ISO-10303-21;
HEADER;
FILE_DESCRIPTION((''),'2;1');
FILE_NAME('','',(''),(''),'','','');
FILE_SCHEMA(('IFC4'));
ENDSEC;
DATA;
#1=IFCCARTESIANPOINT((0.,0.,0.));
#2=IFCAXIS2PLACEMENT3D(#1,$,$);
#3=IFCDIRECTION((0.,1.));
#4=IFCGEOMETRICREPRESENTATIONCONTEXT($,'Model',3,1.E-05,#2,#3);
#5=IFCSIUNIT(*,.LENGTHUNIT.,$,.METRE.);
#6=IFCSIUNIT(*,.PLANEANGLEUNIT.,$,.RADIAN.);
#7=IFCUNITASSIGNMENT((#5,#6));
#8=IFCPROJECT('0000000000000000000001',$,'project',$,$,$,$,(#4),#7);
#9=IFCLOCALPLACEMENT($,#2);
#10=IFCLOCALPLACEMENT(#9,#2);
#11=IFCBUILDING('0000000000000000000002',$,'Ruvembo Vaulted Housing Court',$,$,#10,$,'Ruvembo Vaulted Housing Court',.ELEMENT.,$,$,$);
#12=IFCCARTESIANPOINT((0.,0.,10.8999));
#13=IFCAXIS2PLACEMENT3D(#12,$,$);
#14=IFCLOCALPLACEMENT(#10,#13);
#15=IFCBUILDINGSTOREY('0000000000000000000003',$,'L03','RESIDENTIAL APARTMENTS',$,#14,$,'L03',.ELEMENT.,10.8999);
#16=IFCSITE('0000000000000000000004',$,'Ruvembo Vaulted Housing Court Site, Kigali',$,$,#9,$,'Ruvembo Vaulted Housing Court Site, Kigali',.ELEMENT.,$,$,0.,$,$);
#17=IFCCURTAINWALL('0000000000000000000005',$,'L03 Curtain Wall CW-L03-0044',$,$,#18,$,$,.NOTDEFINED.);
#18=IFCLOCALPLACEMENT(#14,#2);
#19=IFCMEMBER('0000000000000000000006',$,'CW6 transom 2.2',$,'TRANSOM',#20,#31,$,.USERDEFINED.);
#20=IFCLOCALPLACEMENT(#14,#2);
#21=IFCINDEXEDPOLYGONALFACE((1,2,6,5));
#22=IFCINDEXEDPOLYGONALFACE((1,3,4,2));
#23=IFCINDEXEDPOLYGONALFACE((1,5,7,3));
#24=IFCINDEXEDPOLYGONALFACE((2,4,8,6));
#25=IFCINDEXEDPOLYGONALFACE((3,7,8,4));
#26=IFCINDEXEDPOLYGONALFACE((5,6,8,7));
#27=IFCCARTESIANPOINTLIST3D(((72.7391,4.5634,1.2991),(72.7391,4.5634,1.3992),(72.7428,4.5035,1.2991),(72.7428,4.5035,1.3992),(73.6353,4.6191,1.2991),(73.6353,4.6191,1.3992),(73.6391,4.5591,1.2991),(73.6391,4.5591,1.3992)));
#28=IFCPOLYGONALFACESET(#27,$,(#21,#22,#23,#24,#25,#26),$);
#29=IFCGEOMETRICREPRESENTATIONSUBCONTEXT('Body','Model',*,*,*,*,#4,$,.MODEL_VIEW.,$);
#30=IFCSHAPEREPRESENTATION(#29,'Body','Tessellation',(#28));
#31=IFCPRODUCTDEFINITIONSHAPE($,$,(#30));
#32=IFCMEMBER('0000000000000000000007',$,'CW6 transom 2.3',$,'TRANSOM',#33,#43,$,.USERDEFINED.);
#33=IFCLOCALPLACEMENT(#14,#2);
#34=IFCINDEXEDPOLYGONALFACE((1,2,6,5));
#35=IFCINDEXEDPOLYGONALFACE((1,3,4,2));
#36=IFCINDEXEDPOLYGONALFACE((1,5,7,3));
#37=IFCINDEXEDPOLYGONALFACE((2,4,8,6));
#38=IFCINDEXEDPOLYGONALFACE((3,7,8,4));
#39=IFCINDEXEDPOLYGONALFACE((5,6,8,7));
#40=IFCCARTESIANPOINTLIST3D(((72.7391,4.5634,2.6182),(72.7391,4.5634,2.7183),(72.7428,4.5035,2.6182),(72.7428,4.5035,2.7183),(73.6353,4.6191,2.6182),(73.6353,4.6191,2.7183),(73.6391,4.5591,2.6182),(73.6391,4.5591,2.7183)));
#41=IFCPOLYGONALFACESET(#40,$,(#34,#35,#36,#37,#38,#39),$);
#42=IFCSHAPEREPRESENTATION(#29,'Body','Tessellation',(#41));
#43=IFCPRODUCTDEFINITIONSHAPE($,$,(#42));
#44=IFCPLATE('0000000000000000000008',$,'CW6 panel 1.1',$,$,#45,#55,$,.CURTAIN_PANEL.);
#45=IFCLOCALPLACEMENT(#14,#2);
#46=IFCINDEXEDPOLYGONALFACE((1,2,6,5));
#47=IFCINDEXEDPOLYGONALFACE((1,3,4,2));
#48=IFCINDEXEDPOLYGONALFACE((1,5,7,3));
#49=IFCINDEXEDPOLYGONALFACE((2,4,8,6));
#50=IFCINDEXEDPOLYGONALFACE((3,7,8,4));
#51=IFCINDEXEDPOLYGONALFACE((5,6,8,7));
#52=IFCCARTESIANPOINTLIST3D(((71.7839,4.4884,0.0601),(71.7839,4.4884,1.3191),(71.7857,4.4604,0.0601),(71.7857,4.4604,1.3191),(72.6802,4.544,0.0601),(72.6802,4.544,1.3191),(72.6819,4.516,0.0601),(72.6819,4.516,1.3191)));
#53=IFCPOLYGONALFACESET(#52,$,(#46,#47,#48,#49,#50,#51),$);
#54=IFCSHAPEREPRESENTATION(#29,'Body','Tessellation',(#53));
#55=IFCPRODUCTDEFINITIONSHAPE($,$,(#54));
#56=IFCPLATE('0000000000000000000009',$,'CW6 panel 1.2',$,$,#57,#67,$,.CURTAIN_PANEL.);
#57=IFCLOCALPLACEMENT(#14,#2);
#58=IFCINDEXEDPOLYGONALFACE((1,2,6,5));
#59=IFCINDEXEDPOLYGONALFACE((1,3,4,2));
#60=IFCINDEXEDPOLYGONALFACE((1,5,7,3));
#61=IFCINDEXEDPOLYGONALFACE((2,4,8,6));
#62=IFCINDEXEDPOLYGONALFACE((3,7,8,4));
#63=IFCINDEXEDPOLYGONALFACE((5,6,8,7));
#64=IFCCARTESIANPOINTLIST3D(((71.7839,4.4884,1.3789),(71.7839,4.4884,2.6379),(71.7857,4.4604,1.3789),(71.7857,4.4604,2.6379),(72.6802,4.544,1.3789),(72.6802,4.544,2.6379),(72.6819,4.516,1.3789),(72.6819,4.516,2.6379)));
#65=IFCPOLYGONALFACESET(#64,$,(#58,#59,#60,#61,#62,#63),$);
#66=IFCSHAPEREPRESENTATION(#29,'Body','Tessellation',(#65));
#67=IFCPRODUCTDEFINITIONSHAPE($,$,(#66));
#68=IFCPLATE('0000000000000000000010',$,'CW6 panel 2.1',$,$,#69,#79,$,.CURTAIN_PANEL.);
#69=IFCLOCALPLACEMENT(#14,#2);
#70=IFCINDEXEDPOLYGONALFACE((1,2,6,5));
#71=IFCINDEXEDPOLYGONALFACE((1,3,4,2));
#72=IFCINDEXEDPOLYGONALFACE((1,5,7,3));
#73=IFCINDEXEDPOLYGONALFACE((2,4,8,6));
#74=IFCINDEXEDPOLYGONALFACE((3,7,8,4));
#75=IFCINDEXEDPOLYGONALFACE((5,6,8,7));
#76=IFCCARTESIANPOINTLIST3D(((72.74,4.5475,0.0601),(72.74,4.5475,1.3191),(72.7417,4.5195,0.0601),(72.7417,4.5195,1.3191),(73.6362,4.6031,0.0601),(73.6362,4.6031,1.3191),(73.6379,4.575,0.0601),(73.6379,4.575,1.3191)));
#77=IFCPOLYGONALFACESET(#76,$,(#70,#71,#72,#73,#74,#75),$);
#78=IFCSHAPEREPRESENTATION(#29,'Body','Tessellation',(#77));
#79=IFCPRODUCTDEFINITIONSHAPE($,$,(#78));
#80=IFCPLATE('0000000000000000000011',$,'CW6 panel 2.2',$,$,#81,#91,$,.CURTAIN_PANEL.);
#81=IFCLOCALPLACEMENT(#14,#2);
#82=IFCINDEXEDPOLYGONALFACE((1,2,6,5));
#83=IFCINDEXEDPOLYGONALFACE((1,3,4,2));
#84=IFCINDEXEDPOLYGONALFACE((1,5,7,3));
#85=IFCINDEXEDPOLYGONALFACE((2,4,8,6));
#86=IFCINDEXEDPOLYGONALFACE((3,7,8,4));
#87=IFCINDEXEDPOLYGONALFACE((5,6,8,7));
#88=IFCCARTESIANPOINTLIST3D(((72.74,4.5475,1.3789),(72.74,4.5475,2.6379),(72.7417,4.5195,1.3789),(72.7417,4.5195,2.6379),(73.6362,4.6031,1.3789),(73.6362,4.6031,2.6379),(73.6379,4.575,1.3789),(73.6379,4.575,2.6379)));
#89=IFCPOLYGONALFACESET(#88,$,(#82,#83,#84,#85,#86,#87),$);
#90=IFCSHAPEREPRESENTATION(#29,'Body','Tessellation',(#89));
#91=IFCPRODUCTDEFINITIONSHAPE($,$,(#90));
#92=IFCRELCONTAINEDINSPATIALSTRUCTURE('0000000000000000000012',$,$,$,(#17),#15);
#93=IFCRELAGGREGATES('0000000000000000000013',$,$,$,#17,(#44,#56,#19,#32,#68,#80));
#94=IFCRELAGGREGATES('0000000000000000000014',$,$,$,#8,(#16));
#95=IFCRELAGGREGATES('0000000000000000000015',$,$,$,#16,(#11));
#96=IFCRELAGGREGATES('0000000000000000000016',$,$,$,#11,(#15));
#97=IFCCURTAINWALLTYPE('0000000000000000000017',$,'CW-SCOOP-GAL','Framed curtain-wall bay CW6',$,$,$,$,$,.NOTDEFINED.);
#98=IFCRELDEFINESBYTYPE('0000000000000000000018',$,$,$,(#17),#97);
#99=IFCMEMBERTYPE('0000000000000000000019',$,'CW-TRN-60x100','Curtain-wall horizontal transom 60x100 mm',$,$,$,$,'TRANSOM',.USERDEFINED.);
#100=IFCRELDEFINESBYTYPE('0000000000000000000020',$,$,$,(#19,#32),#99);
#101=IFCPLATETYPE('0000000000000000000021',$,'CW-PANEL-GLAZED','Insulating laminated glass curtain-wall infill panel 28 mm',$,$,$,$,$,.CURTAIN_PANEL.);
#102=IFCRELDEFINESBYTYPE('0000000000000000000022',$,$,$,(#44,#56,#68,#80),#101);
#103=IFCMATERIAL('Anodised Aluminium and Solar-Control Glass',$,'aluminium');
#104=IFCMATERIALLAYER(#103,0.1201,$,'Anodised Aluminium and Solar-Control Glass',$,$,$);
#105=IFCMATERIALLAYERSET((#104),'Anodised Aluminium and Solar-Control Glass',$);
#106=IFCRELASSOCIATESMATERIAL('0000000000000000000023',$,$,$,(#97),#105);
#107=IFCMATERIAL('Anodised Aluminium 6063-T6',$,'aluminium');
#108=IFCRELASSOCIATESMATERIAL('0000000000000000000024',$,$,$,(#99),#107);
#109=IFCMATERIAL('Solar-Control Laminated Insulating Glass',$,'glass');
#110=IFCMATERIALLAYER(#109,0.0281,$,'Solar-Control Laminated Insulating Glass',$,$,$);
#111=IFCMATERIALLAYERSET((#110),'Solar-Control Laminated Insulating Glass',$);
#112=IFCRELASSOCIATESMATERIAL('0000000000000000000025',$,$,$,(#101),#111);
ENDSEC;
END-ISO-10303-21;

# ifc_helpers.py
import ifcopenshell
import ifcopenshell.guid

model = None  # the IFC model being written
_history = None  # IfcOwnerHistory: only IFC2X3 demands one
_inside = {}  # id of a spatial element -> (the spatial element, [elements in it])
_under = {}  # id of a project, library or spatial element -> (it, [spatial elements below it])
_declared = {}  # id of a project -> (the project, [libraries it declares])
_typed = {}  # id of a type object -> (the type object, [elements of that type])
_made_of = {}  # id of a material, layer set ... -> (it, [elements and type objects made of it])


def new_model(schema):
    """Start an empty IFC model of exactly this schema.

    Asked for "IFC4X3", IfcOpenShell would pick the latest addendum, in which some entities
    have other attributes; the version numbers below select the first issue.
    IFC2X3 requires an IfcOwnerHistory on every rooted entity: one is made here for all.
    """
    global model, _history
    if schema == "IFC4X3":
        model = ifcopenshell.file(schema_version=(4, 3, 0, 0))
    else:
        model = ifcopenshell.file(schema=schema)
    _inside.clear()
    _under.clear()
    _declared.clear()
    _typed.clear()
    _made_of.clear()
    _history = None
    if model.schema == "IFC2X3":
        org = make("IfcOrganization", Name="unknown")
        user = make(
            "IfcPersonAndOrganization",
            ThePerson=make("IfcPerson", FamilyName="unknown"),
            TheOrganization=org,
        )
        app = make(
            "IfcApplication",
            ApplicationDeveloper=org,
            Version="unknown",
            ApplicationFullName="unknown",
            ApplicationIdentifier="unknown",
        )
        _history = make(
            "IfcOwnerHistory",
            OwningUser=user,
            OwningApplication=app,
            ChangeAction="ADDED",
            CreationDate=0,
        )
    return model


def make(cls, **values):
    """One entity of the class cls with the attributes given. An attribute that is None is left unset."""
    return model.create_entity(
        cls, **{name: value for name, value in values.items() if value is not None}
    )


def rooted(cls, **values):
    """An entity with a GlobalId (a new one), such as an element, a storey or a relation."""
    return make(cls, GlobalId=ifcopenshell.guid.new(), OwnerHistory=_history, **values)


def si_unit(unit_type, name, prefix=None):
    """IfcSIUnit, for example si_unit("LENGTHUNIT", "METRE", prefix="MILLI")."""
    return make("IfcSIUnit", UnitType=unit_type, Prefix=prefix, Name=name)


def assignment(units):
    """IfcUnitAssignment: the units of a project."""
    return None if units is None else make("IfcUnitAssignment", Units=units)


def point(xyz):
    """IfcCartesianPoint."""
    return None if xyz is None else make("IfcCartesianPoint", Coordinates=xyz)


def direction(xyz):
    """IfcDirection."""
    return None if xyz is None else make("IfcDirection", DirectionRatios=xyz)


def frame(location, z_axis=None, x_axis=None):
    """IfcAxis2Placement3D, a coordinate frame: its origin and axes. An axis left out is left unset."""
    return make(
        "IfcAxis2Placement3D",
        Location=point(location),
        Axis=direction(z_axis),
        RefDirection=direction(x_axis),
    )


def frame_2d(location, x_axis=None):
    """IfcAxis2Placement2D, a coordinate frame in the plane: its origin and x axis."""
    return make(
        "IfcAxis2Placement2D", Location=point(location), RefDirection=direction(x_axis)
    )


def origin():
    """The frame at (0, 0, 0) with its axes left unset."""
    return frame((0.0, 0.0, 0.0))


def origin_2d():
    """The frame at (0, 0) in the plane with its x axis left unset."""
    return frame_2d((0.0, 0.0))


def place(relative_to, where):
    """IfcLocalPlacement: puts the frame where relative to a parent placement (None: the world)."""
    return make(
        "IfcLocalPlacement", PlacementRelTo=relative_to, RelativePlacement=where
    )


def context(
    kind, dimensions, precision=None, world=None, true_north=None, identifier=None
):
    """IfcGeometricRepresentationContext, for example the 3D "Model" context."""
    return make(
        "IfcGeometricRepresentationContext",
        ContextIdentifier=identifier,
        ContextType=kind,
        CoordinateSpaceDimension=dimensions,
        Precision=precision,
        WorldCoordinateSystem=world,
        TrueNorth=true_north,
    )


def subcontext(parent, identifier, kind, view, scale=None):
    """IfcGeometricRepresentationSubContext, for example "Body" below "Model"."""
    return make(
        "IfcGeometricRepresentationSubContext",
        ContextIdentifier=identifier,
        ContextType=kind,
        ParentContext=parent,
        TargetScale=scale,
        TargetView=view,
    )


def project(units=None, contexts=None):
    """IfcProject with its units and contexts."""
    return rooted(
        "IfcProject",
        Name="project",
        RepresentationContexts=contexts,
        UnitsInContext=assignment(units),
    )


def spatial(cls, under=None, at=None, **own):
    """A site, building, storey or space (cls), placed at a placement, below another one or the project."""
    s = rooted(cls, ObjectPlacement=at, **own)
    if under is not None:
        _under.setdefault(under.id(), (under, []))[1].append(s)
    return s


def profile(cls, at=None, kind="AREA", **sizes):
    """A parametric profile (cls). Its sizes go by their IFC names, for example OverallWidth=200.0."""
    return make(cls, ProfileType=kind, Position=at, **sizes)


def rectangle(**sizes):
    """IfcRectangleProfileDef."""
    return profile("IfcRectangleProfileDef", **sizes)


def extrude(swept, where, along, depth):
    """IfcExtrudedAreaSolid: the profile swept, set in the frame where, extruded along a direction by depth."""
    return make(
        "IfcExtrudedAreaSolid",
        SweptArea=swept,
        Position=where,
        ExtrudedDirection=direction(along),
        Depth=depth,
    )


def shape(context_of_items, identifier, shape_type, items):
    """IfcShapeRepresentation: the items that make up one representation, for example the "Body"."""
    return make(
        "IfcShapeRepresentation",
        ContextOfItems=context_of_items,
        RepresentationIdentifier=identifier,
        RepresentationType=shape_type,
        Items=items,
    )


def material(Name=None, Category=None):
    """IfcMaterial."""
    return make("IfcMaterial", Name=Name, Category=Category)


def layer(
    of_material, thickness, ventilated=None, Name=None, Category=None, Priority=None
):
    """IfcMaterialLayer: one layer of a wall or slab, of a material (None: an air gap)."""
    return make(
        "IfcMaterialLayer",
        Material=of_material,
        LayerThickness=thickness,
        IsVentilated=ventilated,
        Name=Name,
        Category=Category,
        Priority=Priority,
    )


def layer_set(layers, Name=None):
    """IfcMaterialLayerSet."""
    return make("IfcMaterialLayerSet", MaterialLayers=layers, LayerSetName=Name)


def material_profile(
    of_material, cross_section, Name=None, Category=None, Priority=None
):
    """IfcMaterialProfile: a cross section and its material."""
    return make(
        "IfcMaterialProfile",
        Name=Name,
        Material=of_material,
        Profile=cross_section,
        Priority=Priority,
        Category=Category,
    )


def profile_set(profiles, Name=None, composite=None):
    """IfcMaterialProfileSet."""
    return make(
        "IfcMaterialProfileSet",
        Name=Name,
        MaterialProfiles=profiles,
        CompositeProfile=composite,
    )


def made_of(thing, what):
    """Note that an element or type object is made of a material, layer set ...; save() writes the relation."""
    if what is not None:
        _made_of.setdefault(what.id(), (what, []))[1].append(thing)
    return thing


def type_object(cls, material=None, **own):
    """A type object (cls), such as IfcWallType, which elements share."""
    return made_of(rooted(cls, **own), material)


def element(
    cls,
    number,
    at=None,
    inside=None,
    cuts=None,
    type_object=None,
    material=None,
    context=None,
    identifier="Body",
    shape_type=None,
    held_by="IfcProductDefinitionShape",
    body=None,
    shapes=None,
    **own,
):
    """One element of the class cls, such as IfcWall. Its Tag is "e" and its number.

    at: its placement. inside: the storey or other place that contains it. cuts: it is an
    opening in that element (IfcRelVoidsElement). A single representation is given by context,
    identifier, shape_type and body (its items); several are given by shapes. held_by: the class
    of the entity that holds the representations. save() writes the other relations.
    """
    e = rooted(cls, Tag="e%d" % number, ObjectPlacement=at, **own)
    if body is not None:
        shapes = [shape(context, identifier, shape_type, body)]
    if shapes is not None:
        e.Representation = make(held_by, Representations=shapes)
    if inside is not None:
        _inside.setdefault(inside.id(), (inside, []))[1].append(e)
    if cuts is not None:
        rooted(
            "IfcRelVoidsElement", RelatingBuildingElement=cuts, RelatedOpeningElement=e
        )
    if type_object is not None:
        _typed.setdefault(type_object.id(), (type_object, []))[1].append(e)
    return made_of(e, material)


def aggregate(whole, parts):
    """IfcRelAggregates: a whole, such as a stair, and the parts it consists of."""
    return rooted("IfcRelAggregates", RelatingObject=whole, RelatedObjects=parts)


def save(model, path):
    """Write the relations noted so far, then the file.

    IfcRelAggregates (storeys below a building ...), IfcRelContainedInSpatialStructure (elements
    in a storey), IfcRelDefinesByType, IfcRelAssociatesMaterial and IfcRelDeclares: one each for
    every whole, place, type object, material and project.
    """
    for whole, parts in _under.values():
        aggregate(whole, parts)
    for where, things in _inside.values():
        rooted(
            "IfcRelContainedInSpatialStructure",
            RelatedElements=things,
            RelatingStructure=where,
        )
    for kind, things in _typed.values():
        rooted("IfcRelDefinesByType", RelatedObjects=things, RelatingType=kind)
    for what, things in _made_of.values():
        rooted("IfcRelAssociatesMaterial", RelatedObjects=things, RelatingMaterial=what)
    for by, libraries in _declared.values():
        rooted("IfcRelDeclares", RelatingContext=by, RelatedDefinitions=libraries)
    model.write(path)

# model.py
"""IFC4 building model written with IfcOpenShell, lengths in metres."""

from ifc_helpers import new_model, si_unit, direction, frame, origin, origin_2d, place, context, subcontext, project, spatial, rectangle, extrude, material, layer, layer_set, material_profile, profile_set, type_object, element, aggregate, save


model = new_model("IFC4")

# Units and contexts
model_context = context("Model", 3, precision=1e-05, world=origin(), true_north=direction((0.0, 1.0)))
body_context = subcontext(model_context, "Body", "Model", "MODEL_VIEW")
ifc_project = project(units=[si_unit("LENGTHUNIT", "METRE"), si_unit("PLANEANGLEUNIT", "RADIAN")], contexts=[model_context])

# Site, building, storey
site_placement = place(None, origin())
site = spatial("IfcSite", under=ifc_project, at=site_placement, Name="Ruvembo Vaulted Housing Court Site, Kigali", LongName="Ruvembo Vaulted Housing Court Site, Kigali", CompositionType="ELEMENT", RefElevation=0.0)
building_placement = place(site_placement, origin())
building = spatial("IfcBuilding", under=site, at=building_placement, Name="Ruvembo Vaulted Housing Court", LongName="Ruvembo Vaulted Housing Court", CompositionType="ELEMENT")
storey_placement = place(building_placement, frame((0.0, 0.0, 10.8999)))
storey = spatial("IfcBuildingStorey", under=building, at=storey_placement, Name="L03", Description="RESIDENTIAL APARTMENTS", LongName="L03", CompositionType="ELEMENT", Elevation=10.8999)

# Curtain wall, members, plates
ifc_material_1 = material(Name="Anodised Aluminium and Solar-Control Glass", Category="aluminium")
ifc_layer_1 = layer(ifc_material_1, 0.1201, Name="Anodised Aluminium and Solar-Control Glass")
ifc_layer_set_1 = layer_set([ifc_layer_1], Name="Anodised Aluminium and Solar-Control Glass")
curtain_wall_type = type_object("IfcCurtainWallType", Name="CW-SCOOP-GAL", Description="Framed curtain-wall bay CW6", PredefinedType="NOTDEFINED", material=ifc_layer_set_1)
curtain_wall_placement = place(storey_placement, origin())
curtain_wall = element("IfcCurtainWall", 1, at=curtain_wall_placement, inside=storey, type_object=curtain_wall_type, Name="L03 Curtain Wall CW-L03-0044", PredefinedType="NOTDEFINED")
ifc_material_2 = material(Name="Anodised Aluminium 6063-T6", Category="aluminium")
ifc_material_profile_1 = material_profile(ifc_material_2, rectangle(XDim=0.0601, YDim=0.1001, at=origin_2d()), Name="ALU 60x100")
ifc_profile_set_1 = profile_set([ifc_material_profile_1], Name="Anodised Aluminium 6063-T6")
member_type_1 = type_object("IfcMemberType", Name="CW-TRN-60x100", Description="Curtain-wall horizontal transom 60x100 mm", ElementType="TRANSOM", PredefinedType="USERDEFINED", material=ifc_profile_set_1)
member_1_placement = place(storey_placement, frame((72.741, 4.5334, 1.3491), z_axis=(0.998077, 0.061989, 0.0), x_axis=(-0.061989, 0.998077, 0.0)))
member_1 = element("IfcMember", 2, at=member_1_placement, type_object=member_type_1, Name="CW6 transom 2.2", ObjectType="TRANSOM", PredefinedType="USERDEFINED", context=body_context, shape_type="SweptSolid", body=[
    extrude(rectangle(XDim=0.0601, YDim=0.1001, at=origin_2d()), origin(), (0.0, 0.0, 1.0), 0.8979),
])
member_2_placement = place(storey_placement, frame((72.741, 4.5334, 2.6682), z_axis=(0.998077, 0.061989, 0.0), x_axis=(-0.061989, 0.998077, 0.0)))
member_2 = element("IfcMember", 3, at=member_2_placement, type_object=member_type_1, Name="CW6 transom 2.3", ObjectType="TRANSOM", PredefinedType="USERDEFINED", context=body_context, shape_type="SweptSolid", body=[
    extrude(rectangle(XDim=0.0601, YDim=0.1001, at=origin_2d()), origin(), (0.0, 0.0, 1.0), 0.8979),
])
ifc_material_3 = material(Name="Solar-Control Laminated Insulating Glass", Category="glass")
ifc_layer_2 = layer(ifc_material_3, 0.0281, Name="Solar-Control Laminated Insulating Glass")
ifc_layer_set_2 = layer_set([ifc_layer_2], Name="Solar-Control Laminated Insulating Glass")
plate_type = type_object("IfcPlateType", Name="CW-PANEL-GLAZED", Description="Insulating laminated glass curtain-wall infill panel 28 mm", PredefinedType="CURTAIN_PANEL", material=ifc_layer_set_2)
plate_1_placement = place(storey_placement, frame((72.2329, 4.5022, 0.0601), z_axis=(0.0, 0.0, 1.0), x_axis=(0.998086, 0.06184, 0.0)))
plate_1 = element("IfcPlate", 4, at=plate_1_placement, type_object=plate_type, Name="CW6 panel 1.1", PredefinedType="CURTAIN_PANEL", context=body_context, shape_type="SweptSolid", body=[
    extrude(rectangle(XDim=0.8979, YDim=0.0281, at=origin_2d()), origin(), (0.0, 0.0, 1.0), 1.259),
])
plate_2_placement = place(storey_placement, frame((72.2329, 4.5022, 1.3789), z_axis=(0.0, 0.0, 1.0), x_axis=(0.998086, 0.06184, 0.0)))
plate_2 = element("IfcPlate", 5, at=plate_2_placement, type_object=plate_type, Name="CW6 panel 1.2", PredefinedType="CURTAIN_PANEL", context=body_context, shape_type="SweptSolid", body=[
    extrude(rectangle(XDim=0.8979, YDim=0.0281, at=origin_2d()), origin(), (0.0, 0.0, 1.0), 1.259),
])
plate_3_placement = place(storey_placement, frame((73.189, 4.5613, 0.0601), z_axis=(0.0, 0.0, 1.0), x_axis=(0.998086, 0.06184, 0.0)))
plate_3 = element("IfcPlate", 6, at=plate_3_placement, type_object=plate_type, Name="CW6 panel 2.1", PredefinedType="CURTAIN_PANEL", context=body_context, shape_type="SweptSolid", body=[
    extrude(rectangle(XDim=0.8979, YDim=0.0281, at=origin_2d()), origin(), (0.0, 0.0, 1.0), 1.259),
])
plate_4_placement = place(storey_placement, frame((73.189, 4.5613, 1.3789), z_axis=(0.0, 0.0, 1.0), x_axis=(0.998086, 0.06184, 0.0)))
plate_4 = element("IfcPlate", 7, at=plate_4_placement, type_object=plate_type, Name="CW6 panel 2.2", PredefinedType="CURTAIN_PANEL", context=body_context, shape_type="SweptSolid", body=[
    extrude(rectangle(XDim=0.8979, YDim=0.0281, at=origin_2d()), origin(), (0.0, 0.0, 1.0), 1.259),
])
aggregate(curtain_wall, [plate_1, plate_2, member_1, member_2, plate_3, plate_4])

save(model, "model.ifc")
